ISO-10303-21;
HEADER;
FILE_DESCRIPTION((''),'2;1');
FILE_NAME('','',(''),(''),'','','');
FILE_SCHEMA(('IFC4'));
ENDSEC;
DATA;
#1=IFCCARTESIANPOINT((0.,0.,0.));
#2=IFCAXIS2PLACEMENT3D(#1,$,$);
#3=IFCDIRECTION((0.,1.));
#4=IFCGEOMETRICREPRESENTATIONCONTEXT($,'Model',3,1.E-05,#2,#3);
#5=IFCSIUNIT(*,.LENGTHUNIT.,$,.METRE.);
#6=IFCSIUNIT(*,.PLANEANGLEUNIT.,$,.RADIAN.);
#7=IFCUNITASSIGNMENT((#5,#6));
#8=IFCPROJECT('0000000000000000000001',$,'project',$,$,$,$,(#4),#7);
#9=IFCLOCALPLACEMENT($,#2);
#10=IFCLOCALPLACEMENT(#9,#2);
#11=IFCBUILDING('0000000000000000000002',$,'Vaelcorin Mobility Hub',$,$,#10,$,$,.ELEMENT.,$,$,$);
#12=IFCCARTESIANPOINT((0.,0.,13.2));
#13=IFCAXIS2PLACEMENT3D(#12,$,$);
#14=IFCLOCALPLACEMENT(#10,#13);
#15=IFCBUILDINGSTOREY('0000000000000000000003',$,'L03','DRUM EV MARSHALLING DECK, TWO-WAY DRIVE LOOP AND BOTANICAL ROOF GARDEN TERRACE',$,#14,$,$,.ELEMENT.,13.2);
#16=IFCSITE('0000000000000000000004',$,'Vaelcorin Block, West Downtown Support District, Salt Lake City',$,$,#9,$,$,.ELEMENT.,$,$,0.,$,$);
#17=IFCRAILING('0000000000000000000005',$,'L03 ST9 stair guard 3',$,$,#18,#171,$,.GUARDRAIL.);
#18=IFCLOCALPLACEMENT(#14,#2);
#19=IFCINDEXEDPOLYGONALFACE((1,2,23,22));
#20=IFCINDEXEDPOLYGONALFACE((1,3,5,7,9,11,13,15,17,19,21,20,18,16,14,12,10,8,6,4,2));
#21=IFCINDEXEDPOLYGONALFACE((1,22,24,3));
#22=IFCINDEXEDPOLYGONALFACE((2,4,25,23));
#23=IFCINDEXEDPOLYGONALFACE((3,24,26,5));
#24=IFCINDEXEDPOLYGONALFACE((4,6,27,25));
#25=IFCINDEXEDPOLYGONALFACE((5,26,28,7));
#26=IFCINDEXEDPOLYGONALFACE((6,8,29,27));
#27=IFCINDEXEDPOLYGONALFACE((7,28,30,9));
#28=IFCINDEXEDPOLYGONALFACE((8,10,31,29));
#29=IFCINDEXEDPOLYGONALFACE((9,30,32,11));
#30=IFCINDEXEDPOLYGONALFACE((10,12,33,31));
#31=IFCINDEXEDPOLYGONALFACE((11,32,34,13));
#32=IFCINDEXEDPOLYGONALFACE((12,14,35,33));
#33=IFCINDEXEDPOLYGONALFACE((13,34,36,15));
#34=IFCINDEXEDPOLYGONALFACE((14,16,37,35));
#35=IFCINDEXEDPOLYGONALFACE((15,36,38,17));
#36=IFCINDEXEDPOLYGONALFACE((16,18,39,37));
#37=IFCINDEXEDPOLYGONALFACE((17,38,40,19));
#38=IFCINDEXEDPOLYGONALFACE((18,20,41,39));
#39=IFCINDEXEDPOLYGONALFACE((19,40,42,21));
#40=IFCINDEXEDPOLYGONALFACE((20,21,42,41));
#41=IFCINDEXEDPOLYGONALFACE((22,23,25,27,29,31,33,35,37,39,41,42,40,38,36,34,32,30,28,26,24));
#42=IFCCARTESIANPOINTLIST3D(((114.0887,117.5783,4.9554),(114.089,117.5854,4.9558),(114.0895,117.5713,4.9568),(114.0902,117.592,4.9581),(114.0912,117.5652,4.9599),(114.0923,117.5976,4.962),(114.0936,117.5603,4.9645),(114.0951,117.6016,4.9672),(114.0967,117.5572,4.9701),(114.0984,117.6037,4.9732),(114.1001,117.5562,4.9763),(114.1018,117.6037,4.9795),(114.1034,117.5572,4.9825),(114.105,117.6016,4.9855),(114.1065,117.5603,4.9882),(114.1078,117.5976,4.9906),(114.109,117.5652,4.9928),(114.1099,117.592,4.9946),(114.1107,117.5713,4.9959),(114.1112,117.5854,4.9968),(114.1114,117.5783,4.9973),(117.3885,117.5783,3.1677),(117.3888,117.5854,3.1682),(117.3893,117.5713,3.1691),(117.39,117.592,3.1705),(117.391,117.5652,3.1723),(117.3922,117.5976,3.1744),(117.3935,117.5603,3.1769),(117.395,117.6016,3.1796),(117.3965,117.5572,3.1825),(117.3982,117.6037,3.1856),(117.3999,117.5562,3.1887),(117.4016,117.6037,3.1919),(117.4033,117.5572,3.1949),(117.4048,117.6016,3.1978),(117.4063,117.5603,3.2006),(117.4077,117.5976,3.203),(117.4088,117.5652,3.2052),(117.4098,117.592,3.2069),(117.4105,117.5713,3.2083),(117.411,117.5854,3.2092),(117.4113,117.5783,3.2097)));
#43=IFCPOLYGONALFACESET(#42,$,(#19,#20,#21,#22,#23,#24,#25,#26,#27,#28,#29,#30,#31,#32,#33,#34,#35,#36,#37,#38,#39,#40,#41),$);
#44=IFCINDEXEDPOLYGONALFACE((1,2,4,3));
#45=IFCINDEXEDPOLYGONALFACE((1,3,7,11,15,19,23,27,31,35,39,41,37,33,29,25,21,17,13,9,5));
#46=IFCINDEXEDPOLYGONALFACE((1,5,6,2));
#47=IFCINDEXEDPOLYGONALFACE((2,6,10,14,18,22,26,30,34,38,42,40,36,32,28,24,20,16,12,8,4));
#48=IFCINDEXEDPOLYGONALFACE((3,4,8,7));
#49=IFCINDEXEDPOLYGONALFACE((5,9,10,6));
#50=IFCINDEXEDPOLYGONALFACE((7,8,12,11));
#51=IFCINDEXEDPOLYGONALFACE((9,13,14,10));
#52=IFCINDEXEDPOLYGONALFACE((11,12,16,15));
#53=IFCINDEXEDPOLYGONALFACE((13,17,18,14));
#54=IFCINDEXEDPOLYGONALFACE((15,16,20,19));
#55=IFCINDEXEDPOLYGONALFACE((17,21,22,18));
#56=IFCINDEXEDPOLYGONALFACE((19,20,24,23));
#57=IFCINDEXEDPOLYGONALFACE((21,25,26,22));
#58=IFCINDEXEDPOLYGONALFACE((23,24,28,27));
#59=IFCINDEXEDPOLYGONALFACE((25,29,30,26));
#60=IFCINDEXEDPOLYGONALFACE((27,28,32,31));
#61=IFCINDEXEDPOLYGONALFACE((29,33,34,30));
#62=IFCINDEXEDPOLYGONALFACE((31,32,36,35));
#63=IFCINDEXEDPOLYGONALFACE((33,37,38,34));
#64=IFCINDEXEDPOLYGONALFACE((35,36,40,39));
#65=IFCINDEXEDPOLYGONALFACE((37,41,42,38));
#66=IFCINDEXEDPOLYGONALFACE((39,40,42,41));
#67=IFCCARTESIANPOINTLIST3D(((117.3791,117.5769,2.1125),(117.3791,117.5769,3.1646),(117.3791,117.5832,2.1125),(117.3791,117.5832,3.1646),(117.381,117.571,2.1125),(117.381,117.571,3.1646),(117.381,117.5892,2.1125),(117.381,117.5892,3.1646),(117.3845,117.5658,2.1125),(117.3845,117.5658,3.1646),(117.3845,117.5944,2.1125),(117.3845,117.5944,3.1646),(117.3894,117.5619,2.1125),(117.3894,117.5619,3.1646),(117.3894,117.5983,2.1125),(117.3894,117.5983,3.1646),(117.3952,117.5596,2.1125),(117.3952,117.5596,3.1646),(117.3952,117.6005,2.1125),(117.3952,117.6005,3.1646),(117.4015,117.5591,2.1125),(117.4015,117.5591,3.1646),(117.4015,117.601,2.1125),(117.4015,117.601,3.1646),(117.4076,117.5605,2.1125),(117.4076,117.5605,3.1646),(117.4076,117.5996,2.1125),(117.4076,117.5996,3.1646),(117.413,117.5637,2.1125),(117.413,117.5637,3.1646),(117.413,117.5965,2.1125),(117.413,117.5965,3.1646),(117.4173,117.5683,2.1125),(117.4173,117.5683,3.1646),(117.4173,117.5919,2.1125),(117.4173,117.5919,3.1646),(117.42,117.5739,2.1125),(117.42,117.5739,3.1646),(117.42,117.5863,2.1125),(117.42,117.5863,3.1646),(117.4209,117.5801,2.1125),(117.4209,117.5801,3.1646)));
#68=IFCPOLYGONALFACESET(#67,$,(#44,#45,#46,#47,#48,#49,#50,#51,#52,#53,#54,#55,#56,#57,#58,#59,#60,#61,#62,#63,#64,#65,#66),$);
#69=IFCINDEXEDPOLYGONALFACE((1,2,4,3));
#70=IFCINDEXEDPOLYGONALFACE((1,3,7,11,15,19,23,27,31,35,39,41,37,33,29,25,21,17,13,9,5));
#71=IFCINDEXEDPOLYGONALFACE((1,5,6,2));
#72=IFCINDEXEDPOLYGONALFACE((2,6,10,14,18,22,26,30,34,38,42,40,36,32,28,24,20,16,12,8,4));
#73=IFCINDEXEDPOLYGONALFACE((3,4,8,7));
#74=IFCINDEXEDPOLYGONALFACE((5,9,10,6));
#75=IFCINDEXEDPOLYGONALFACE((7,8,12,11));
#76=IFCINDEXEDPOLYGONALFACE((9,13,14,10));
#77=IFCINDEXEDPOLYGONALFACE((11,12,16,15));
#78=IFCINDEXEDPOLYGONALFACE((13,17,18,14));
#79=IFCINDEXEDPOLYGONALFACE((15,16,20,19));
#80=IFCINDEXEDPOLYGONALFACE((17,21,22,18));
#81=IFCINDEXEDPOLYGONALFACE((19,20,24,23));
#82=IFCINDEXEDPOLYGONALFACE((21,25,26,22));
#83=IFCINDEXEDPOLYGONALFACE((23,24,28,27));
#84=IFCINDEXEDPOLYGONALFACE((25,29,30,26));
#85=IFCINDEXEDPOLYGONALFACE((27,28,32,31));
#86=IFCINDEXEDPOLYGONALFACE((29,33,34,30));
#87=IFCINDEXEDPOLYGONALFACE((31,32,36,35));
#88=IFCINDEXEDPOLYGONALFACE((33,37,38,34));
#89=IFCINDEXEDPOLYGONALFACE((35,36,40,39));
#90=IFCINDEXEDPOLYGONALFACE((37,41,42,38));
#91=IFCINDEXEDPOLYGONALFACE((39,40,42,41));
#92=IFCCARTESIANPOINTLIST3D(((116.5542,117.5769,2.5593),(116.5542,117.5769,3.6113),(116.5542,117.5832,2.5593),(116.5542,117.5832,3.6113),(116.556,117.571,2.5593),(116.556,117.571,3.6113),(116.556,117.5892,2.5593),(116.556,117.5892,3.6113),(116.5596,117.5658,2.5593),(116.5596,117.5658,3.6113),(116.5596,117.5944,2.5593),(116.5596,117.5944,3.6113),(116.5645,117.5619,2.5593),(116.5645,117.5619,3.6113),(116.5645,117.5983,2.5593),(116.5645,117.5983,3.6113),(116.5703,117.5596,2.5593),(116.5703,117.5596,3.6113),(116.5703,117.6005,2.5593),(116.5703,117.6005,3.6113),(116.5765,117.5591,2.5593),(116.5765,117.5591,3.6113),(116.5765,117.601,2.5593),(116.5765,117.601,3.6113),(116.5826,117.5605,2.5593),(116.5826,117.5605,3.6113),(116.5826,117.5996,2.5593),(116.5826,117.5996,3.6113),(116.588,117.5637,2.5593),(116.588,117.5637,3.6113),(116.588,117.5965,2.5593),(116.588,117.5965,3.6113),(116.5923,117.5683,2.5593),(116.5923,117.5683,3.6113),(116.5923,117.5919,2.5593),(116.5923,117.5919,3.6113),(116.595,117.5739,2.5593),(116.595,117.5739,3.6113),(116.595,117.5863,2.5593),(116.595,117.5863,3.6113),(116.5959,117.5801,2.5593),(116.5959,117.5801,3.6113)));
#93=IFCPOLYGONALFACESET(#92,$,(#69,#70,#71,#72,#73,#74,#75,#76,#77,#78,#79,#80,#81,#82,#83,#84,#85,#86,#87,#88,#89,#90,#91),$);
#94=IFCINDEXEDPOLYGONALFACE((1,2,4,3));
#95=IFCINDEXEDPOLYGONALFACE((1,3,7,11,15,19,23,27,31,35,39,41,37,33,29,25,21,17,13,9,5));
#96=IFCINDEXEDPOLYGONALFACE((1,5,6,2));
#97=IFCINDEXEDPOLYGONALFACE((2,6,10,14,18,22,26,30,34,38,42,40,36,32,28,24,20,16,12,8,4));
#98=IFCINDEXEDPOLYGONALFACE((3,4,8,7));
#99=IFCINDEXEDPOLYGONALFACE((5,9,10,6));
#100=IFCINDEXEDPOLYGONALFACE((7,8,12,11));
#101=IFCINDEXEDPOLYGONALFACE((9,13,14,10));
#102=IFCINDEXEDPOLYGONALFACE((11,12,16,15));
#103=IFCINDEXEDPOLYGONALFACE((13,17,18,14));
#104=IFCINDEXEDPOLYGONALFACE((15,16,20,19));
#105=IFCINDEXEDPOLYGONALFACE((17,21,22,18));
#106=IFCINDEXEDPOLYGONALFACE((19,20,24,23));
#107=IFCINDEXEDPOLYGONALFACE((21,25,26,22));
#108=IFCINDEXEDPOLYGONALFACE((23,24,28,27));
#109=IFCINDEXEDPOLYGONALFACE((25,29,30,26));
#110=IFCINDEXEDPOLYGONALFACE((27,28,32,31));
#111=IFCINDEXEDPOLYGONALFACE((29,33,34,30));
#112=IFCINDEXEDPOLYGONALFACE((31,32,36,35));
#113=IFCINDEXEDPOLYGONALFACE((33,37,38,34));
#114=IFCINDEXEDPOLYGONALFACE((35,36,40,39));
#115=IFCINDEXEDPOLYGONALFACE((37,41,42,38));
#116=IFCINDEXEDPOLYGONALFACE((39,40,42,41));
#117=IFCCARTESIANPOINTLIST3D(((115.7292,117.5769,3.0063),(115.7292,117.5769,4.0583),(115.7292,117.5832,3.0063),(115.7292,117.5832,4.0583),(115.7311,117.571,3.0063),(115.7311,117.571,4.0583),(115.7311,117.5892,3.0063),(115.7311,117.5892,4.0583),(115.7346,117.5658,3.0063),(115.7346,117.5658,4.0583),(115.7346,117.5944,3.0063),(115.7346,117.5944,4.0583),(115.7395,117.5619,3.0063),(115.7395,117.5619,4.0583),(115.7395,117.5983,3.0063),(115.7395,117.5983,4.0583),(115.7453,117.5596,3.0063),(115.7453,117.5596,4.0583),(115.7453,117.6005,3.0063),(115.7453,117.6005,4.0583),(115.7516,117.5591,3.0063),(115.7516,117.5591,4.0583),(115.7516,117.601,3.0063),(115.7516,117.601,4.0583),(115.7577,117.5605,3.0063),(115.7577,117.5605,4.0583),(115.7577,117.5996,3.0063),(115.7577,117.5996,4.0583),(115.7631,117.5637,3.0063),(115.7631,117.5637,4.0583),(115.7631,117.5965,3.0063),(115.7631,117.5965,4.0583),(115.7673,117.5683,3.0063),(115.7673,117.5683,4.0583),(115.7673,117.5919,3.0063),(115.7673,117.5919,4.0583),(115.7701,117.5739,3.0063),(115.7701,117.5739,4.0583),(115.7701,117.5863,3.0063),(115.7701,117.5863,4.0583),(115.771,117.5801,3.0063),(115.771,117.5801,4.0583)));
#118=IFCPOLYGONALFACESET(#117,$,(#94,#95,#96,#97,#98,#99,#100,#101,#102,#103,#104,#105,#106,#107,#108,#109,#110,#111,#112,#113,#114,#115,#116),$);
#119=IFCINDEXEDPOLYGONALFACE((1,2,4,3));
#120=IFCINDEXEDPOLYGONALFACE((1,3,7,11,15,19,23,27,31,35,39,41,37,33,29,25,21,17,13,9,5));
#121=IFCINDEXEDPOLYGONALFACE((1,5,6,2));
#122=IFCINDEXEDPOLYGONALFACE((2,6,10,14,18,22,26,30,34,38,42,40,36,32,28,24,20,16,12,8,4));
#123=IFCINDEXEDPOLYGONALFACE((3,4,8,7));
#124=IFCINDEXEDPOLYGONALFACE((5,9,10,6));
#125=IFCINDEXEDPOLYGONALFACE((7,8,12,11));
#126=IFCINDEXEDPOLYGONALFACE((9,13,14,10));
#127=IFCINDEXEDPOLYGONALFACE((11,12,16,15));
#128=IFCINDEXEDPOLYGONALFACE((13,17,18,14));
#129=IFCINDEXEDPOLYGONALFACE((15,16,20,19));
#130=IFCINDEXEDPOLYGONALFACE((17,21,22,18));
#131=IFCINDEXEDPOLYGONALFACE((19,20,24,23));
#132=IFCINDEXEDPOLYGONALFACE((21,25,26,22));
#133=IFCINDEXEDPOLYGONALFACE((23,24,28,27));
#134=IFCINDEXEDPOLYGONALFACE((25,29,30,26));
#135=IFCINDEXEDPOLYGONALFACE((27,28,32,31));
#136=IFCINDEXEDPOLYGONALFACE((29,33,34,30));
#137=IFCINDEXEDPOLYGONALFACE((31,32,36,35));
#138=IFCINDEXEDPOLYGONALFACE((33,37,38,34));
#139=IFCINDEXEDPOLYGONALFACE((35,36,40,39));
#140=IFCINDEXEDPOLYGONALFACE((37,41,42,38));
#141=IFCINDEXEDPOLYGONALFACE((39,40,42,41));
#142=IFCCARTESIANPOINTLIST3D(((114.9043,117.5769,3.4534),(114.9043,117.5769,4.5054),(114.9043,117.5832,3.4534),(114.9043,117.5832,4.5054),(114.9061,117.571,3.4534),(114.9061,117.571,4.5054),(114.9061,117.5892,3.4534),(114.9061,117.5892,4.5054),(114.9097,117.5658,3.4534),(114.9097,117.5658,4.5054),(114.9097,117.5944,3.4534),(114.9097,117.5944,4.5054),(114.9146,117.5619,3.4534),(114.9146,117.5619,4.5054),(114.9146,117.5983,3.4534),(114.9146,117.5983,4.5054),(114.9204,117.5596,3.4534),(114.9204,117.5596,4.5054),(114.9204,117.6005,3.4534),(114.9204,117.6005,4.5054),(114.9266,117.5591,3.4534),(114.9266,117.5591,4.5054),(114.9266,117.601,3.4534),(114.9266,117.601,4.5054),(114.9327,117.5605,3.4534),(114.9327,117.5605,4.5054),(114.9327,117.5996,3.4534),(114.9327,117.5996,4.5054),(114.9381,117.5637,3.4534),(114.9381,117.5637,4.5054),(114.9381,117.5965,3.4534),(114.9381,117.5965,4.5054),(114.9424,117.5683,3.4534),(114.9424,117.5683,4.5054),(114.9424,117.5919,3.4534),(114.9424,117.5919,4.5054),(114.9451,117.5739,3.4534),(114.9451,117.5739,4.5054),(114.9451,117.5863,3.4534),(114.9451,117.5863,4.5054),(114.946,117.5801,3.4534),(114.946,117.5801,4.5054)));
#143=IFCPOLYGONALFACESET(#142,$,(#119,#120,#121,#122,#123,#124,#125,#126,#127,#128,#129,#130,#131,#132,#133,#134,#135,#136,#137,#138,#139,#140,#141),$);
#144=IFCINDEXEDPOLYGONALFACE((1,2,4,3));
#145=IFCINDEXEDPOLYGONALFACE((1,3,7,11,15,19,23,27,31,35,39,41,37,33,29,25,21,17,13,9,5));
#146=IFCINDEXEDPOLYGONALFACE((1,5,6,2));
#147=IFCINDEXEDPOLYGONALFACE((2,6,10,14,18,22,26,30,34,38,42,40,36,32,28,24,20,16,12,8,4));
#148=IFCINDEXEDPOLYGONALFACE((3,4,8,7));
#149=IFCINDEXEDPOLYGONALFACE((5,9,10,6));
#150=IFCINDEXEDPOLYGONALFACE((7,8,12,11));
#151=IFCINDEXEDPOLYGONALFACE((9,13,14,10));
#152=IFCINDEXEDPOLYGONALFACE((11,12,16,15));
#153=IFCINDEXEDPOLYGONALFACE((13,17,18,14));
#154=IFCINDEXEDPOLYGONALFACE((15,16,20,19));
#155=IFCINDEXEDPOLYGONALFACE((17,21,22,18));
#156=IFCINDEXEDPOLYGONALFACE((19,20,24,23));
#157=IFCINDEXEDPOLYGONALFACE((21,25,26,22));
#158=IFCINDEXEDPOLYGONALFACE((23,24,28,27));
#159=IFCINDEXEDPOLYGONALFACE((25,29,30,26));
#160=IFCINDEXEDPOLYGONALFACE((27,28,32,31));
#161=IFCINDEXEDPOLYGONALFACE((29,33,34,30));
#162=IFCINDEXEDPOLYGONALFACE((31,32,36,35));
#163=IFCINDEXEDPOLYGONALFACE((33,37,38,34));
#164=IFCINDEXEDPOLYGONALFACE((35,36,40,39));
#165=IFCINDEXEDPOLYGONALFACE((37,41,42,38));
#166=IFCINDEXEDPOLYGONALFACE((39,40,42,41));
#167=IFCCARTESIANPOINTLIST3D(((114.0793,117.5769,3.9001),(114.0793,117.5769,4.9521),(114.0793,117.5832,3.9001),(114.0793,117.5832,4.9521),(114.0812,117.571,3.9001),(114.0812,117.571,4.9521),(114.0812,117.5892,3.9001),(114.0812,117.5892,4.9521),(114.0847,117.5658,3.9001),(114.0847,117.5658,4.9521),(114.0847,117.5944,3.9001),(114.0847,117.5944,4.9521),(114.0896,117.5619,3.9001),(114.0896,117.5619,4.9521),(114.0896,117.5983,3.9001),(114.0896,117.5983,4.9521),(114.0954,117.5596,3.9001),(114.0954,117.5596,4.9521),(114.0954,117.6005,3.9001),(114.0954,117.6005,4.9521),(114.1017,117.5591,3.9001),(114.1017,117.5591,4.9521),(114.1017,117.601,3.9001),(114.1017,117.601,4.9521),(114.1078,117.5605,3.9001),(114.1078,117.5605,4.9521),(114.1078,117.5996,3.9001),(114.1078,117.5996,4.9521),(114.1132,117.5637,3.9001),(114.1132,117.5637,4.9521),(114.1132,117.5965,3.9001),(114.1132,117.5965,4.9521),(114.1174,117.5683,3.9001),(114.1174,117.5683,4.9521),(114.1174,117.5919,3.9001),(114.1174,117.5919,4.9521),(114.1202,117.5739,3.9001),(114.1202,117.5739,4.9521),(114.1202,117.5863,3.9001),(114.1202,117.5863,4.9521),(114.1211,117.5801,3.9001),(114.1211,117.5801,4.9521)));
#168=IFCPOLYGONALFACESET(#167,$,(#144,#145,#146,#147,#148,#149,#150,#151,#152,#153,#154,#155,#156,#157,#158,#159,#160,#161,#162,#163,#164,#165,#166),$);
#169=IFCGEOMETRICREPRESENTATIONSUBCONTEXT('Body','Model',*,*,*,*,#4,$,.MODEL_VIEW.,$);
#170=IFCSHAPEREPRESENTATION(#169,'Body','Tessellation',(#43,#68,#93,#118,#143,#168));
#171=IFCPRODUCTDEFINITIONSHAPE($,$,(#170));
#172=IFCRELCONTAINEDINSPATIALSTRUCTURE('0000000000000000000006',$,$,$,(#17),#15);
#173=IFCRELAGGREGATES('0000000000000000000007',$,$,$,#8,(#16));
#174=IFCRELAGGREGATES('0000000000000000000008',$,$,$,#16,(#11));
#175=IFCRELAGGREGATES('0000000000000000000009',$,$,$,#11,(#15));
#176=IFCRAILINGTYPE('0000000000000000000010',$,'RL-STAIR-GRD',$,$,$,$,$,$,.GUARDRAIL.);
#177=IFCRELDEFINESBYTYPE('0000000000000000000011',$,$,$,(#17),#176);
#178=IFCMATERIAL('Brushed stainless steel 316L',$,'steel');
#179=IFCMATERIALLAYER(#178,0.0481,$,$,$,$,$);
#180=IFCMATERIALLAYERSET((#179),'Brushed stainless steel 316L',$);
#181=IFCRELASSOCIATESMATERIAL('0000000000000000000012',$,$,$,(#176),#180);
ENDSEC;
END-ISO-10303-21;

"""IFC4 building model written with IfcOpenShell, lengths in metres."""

from ifc_helpers import new_model, si_unit, direction, frame, origin, origin_2d, place, context, subcontext, project, spatial, circle, extrude, material, layer, layer_set, type_object, element, save


model = new_model("IFC4")

# Units and contexts
model_context = context("Model", 3, precision=1e-05, world=origin(), true_north=direction((0.0, 1.0)))
body_context = subcontext(model_context, "Body", "Model", "MODEL_VIEW")
ifc_project = project(units=[si_unit("LENGTHUNIT", "METRE"), si_unit("PLANEANGLEUNIT", "RADIAN")], contexts=[model_context])

# Site, building, storey
site_placement = place(None, origin())
site = spatial("IfcSite", under=ifc_project, at=site_placement, Name="Vaelcorin Block, West Downtown Support District, Salt Lake City", CompositionType="ELEMENT", RefElevation=0.0)
building_placement = place(site_placement, origin())
building = spatial("IfcBuilding", under=site, at=building_placement, Name="Vaelcorin Mobility Hub", CompositionType="ELEMENT")
storey_placement = place(building_placement, frame((0.0, 0.0, 13.2)))
storey = spatial("IfcBuildingStorey", under=building, at=storey_placement, Name="L03", Description="DRUM EV MARSHALLING DECK, TWO-WAY DRIVE LOOP AND BOTANICAL ROOF GARDEN TERRACE", CompositionType="ELEMENT", Elevation=13.2)

# Railing
ifc_material_1 = material(Name="Brushed stainless steel 316L", Category="steel")
ifc_layer_1 = layer(ifc_material_1, 0.0481)
ifc_layer_set_1 = layer_set([ifc_layer_1], Name="Brushed stainless steel 316L")
railing_type_1 = type_object("IfcRailingType", Name="RL-STAIR-GRD", PredefinedType="GUARDRAIL", material=ifc_layer_set_1)
railing_1_placement = place(storey_placement, frame((117.3999, 117.5801, 2.1125)))
element("IfcRailing", 1, at=railing_1_placement, inside=storey, type_object=railing_type_1, Name="L03 ST9 stair guard 3", PredefinedType="GUARDRAIL", context=body_context, shape_type="SweptSolid", body=[
    extrude(circle(Radius=0.0239, at=origin_2d()), frame((0.0, 0.0, 1.0762), z_axis=(-0.879269, 0.0, 0.476325), x_axis=(0.0, -1.0, 0.0)), (0.0, 0.0, 1.0), 3.7529),
    extrude(circle(Radius=0.021, at=origin_2d()), origin(), (0.0, 0.0, 1.0), 1.052),
    extrude(circle(Radius=0.021, at=origin_2d()), frame((-0.825, 0.0, 0.4468)), (0.0, 0.0, 1.0), 1.052),
    extrude(circle(Radius=0.021, at=origin_2d()), frame((-1.6499, 0.0, 0.8938)), (0.0, 0.0, 1.0), 1.052),
    extrude(circle(Radius=0.021, at=origin_2d()), frame((-2.4749, 0.0, 1.3408)), (0.0, 0.0, 1.0), 1.052),
    extrude(circle(Radius=0.021, at=origin_2d()), frame((-3.2998, 0.0, 1.7876)), (0.0, 0.0, 1.0), 1.052),
])

save(model, "model.ifc")
